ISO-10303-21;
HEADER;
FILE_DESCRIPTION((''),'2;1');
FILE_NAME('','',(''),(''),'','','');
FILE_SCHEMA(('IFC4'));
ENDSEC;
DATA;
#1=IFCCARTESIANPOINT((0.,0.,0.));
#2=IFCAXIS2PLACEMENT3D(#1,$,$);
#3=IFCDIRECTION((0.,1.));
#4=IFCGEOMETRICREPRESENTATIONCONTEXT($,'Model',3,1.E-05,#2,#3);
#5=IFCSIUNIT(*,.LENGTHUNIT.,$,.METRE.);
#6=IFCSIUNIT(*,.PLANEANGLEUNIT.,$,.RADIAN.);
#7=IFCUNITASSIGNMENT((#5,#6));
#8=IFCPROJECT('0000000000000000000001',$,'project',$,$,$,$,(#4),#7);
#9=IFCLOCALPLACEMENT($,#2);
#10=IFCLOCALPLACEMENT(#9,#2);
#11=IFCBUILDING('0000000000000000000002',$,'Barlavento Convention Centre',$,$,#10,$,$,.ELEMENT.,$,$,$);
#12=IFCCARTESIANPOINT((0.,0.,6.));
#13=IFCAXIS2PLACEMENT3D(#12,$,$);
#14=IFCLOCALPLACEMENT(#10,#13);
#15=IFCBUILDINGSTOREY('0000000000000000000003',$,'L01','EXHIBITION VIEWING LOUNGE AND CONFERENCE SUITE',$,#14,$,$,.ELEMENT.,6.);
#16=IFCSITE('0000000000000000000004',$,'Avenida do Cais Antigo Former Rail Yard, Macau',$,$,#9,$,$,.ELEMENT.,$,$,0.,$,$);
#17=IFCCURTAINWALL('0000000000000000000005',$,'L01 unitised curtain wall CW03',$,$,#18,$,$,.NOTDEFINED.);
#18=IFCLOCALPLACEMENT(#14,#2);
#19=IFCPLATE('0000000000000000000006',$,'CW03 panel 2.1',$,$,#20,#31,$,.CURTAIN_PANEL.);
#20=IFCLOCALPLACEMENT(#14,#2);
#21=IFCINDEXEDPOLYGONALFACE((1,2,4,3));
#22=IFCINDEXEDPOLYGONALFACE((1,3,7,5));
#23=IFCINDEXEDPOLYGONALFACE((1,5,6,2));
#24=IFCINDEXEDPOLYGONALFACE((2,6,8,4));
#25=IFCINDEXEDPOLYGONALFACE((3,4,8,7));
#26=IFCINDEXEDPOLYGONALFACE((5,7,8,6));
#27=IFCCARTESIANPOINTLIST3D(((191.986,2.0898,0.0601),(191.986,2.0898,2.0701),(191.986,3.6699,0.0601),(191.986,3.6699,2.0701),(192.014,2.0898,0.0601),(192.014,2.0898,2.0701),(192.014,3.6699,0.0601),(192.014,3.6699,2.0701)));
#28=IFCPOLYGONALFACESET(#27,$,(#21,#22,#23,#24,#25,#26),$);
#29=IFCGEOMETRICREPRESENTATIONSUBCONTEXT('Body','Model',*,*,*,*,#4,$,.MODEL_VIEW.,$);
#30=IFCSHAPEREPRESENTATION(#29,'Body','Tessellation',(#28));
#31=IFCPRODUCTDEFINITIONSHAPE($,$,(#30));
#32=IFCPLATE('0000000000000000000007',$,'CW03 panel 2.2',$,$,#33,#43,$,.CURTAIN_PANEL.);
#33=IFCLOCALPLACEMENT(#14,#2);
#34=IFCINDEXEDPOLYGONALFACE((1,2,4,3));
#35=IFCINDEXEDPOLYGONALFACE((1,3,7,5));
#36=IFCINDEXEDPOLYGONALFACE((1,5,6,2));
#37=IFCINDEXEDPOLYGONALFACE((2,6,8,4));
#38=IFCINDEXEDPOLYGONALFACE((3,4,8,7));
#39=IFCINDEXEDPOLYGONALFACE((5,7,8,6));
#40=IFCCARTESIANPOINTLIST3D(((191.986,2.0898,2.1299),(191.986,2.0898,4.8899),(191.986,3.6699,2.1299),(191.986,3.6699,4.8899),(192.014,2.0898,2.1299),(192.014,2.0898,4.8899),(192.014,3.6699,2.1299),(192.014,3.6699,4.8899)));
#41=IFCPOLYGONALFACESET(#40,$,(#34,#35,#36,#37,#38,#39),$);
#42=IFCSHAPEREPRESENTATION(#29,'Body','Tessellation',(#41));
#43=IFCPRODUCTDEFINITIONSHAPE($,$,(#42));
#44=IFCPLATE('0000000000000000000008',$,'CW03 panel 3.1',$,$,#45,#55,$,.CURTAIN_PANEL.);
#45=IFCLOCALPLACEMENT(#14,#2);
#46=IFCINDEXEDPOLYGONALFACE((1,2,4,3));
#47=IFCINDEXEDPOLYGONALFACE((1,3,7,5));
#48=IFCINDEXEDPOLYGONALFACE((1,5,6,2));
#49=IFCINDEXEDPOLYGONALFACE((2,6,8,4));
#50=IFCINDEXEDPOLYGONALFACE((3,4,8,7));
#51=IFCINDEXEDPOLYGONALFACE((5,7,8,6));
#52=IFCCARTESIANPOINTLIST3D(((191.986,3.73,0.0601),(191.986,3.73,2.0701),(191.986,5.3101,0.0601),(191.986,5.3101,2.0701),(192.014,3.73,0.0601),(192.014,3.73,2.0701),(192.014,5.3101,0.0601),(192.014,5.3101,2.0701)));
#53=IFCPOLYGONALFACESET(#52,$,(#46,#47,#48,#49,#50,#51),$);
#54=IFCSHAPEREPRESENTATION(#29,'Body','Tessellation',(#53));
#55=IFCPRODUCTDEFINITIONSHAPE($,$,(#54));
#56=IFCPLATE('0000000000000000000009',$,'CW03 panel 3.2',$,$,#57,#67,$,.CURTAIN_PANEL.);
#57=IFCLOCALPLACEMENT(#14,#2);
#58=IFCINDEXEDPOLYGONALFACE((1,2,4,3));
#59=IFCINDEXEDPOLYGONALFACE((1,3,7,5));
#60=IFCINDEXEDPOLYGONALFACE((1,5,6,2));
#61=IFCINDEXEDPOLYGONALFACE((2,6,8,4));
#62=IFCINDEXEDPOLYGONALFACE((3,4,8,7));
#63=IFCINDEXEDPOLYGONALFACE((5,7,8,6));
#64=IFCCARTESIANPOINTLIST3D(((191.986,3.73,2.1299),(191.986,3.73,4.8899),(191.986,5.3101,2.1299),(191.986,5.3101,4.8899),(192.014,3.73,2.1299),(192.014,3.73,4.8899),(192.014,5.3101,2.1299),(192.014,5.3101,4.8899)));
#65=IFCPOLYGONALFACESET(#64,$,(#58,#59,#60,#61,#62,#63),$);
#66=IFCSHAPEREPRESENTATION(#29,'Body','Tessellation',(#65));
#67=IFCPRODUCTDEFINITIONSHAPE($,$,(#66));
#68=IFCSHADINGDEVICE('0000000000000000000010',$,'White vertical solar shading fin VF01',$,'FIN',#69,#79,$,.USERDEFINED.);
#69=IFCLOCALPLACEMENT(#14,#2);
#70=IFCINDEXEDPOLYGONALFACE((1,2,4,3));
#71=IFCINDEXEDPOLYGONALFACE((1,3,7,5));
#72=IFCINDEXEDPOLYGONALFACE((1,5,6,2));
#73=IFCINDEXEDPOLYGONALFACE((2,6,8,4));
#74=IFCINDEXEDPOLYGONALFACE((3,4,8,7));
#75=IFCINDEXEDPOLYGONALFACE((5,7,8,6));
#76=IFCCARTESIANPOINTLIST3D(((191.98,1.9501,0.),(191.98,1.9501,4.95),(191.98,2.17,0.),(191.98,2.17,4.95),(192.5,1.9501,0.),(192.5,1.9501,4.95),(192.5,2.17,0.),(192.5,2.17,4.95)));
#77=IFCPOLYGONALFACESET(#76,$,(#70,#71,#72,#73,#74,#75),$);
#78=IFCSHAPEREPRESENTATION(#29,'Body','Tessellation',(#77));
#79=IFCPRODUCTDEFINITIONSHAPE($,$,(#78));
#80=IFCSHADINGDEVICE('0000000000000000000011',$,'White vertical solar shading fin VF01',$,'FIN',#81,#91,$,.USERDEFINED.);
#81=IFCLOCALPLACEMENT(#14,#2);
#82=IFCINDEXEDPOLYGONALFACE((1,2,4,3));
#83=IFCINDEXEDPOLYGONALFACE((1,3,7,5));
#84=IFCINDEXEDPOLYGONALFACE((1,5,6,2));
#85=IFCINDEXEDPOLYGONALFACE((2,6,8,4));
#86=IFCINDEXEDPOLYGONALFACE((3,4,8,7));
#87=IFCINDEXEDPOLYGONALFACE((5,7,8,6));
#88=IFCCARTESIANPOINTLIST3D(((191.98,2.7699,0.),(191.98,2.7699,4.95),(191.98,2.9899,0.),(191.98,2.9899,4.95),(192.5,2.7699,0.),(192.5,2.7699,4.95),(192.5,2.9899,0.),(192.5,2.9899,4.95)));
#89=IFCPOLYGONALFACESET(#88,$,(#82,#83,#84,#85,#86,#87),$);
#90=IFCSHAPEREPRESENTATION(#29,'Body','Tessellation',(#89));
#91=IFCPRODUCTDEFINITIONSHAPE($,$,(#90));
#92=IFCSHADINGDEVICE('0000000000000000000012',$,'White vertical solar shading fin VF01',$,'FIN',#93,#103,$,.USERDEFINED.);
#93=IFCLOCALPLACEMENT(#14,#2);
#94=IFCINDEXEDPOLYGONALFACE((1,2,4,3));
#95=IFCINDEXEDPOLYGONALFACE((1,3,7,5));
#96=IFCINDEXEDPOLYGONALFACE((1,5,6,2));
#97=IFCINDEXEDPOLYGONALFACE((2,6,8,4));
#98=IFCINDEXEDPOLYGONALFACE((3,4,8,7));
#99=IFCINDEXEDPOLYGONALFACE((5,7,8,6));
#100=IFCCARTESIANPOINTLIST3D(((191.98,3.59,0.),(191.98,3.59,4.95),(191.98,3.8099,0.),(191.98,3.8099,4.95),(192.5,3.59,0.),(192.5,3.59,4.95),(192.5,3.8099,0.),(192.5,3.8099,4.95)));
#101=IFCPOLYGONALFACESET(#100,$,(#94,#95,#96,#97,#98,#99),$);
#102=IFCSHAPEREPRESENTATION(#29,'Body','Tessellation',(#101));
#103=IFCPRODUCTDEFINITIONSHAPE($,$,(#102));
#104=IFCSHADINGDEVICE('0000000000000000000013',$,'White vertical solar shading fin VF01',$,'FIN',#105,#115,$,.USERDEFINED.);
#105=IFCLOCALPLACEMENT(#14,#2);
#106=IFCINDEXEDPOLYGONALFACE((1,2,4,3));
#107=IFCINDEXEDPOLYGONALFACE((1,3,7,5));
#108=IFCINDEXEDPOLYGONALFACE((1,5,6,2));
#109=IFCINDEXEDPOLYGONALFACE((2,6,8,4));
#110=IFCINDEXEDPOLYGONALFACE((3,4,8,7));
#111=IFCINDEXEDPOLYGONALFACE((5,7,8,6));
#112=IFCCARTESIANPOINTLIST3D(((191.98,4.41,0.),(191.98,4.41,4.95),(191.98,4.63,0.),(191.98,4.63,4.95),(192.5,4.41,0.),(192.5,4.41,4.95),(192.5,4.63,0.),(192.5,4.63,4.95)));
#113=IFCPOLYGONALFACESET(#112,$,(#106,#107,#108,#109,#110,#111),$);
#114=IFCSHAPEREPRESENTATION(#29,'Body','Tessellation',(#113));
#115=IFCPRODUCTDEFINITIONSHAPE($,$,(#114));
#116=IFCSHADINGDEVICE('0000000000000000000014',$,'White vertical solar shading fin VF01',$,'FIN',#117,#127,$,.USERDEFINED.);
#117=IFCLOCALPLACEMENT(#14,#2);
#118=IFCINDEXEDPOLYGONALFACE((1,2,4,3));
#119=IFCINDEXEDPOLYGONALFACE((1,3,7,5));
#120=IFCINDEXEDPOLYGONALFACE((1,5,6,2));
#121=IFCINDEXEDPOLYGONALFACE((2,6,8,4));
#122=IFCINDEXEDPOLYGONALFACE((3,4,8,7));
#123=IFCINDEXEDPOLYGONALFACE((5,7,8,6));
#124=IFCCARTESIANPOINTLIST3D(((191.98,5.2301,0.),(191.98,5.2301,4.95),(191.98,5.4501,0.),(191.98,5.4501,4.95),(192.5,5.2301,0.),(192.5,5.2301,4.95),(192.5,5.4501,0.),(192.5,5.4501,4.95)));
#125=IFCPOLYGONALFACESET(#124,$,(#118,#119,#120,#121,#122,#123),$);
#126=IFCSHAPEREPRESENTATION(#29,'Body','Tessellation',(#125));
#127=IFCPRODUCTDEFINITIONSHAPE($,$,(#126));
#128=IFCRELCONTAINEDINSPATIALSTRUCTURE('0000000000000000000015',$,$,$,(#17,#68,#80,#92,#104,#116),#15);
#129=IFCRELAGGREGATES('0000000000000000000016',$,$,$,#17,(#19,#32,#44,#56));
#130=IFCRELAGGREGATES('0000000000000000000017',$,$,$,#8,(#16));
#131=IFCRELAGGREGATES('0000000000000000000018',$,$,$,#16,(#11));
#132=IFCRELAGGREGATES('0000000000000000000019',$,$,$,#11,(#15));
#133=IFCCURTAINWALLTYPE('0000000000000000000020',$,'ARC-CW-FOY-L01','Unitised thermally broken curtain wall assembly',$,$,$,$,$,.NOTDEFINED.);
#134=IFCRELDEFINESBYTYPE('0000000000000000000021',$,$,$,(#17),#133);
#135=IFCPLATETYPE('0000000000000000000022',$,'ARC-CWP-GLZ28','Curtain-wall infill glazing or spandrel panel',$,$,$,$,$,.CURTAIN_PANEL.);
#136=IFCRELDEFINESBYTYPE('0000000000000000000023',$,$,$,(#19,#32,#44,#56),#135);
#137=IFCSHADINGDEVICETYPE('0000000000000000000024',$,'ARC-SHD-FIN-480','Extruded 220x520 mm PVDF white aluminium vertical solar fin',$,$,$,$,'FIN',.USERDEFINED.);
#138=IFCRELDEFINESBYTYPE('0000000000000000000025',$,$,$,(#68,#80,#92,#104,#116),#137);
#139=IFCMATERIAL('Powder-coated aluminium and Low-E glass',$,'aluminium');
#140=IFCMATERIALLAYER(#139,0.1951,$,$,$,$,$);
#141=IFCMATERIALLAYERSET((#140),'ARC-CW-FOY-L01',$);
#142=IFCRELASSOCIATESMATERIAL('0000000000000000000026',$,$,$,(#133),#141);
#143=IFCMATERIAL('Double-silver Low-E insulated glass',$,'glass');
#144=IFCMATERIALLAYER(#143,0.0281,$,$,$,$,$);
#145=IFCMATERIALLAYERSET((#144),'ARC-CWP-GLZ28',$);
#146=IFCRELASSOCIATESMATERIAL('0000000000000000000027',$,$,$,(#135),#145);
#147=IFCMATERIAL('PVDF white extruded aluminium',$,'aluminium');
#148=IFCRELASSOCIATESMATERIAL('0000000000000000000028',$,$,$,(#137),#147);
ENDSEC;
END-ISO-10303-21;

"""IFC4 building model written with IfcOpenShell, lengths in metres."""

from ifc_helpers import new_model, si_unit, direction, frame, origin, origin_2d, place, context, subcontext, project, spatial, rectangle, extrude, material, layer, layer_set, type_object, element, aggregate, save


model = new_model("IFC4")

# Units and contexts
model_context = context("Model", 3, precision=1e-05, world=origin(), true_north=direction((0.0, 1.0)))
body_context = subcontext(model_context, "Body", "Model", "MODEL_VIEW")
ifc_project = project(units=[si_unit("LENGTHUNIT", "METRE"), si_unit("PLANEANGLEUNIT", "RADIAN")], contexts=[model_context])

# Site, building, storey
site_placement = place(None, origin())
site = spatial("IfcSite", under=ifc_project, at=site_placement, Name="Avenida do Cais Antigo Former Rail Yard, Macau", CompositionType="ELEMENT", RefElevation=0.0)
building_placement = place(site_placement, origin())
building = spatial("IfcBuilding", under=site, at=building_placement, Name="Barlavento Convention Centre", CompositionType="ELEMENT")
storey_placement = place(building_placement, frame((0.0, 0.0, 6.0)))
storey = spatial("IfcBuildingStorey", under=building, at=storey_placement, Name="L01", Description="EXHIBITION VIEWING LOUNGE AND CONFERENCE SUITE", CompositionType="ELEMENT", Elevation=6.0)

# Curtain wall, plates
ifc_material_1 = material(Name="Powder-coated aluminium and Low-E glass", Category="aluminium")
ifc_layer_1 = layer(ifc_material_1, 0.1951)
ifc_layer_set_1 = layer_set([ifc_layer_1], Name="ARC-CW-FOY-L01")
curtain_wall_type = type_object("IfcCurtainWallType", Name="ARC-CW-FOY-L01", Description="Unitised thermally broken curtain wall assembly", PredefinedType="NOTDEFINED", material=ifc_layer_set_1)
curtain_wall_placement = place(storey_placement, origin())
curtain_wall = element("IfcCurtainWall", 1, at=curtain_wall_placement, inside=storey, type_object=curtain_wall_type, Name="L01 unitised curtain wall CW03", PredefinedType="NOTDEFINED")
ifc_material_2 = material(Name="Double-silver Low-E insulated glass", Category="glass")
ifc_layer_2 = layer(ifc_material_2, 0.0281)
ifc_layer_set_2 = layer_set([ifc_layer_2], Name="ARC-CWP-GLZ28")
plate_type = type_object("IfcPlateType", Name="ARC-CWP-GLZ28", Description="Curtain-wall infill glazing or spandrel panel", PredefinedType="CURTAIN_PANEL", material=ifc_layer_set_2)
plate_1_placement = place(storey_placement, frame((192.0, 2.8799, 0.0601), z_axis=(0.0, 0.0, 1.0), x_axis=(0.0, 1.0, 0.0)))
plate_1 = element("IfcPlate", 2, at=plate_1_placement, type_object=plate_type, Name="CW03 panel 2.1", PredefinedType="CURTAIN_PANEL", context=body_context, shape_type="SweptSolid", body=[
    extrude(rectangle(XDim=1.5801, YDim=0.0281, at=origin_2d()), origin(), (0.0, 0.0, 1.0), 2.01),
])
plate_2_placement = place(storey_placement, frame((192.0, 2.8799, 2.1299), z_axis=(0.0, 0.0, 1.0), x_axis=(0.0, 1.0, 0.0)))
plate_2 = element("IfcPlate", 3, at=plate_2_placement, type_object=plate_type, Name="CW03 panel 2.2", PredefinedType="CURTAIN_PANEL", context=body_context, shape_type="SweptSolid", body=[
    extrude(rectangle(XDim=1.5801, YDim=0.0281, at=origin_2d()), origin(), (0.0, 0.0, 1.0), 2.76),
])
plate_3_placement = place(storey_placement, frame((192.0, 4.52, 0.0601), z_axis=(0.0, 0.0, 1.0), x_axis=(0.0, 1.0, 0.0)))
plate_3 = element("IfcPlate", 4, at=plate_3_placement, type_object=plate_type, Name="CW03 panel 3.1", PredefinedType="CURTAIN_PANEL", context=body_context, shape_type="SweptSolid", body=[
    extrude(rectangle(XDim=1.5801, YDim=0.0281, at=origin_2d()), origin(), (0.0, 0.0, 1.0), 2.01),
])
plate_4_placement = place(storey_placement, frame((192.0, 4.52, 2.1299), z_axis=(0.0, 0.0, 1.0), x_axis=(0.0, 1.0, 0.0)))
plate_4 = element("IfcPlate", 5, at=plate_4_placement, type_object=plate_type, Name="CW03 panel 3.2", PredefinedType="CURTAIN_PANEL", context=body_context, shape_type="SweptSolid", body=[
    extrude(rectangle(XDim=1.5801, YDim=0.0281, at=origin_2d()), origin(), (0.0, 0.0, 1.0), 2.76),
])
aggregate(curtain_wall, [plate_1, plate_2, plate_3, plate_4])

# Shading devices
ifc_material_3 = material(Name="PVDF white extruded aluminium", Category="aluminium")
shading_device_type = type_object("IfcShadingDeviceType", Name="ARC-SHD-FIN-480", Description="Extruded 220x520 mm PVDF white aluminium vertical solar fin", ElementType="FIN", PredefinedType="USERDEFINED", material=ifc_material_3)
for number, where, z_axis, x_axis, name in (
    (6, (192.24, 2.0601, 0.0), (0.0, 0.0, 1.0), (0.0, 1.0, 0.0), "White vertical solar shading fin VF01"),
    (7, (192.24, 2.8799, 0.0), (0.0, 0.0, 1.0), (0.0, 1.0, 0.0), "White vertical solar shading fin VF01"),
    (8, (192.24, 3.7, 0.0), (0.0, 0.0, 1.0), (0.0, 1.0, 0.0), "White vertical solar shading fin VF01"),
    (9, (192.24, 4.52, 0.0), (0.0, 0.0, 1.0), (0.0, 1.0, 0.0), "White vertical solar shading fin VF01"),
    (10, (192.24, 5.3401, 0.0), (0.0, 0.0, 1.0), (0.0, 1.0, 0.0), "White vertical solar shading fin VF01"),
):
    element("IfcShadingDevice", number, at=place(storey_placement, frame(where, z_axis=z_axis, x_axis=x_axis)), inside=storey, type_object=shading_device_type, Name=name, ObjectType="FIN", PredefinedType="USERDEFINED", context=body_context, shape_type="SweptSolid", body=[
        extrude(rectangle(XDim=0.22, YDim=0.52, at=origin_2d()), origin(), (0.0, 0.0, 1.0), 4.95),
    ])

save(model, "model.ifc")
